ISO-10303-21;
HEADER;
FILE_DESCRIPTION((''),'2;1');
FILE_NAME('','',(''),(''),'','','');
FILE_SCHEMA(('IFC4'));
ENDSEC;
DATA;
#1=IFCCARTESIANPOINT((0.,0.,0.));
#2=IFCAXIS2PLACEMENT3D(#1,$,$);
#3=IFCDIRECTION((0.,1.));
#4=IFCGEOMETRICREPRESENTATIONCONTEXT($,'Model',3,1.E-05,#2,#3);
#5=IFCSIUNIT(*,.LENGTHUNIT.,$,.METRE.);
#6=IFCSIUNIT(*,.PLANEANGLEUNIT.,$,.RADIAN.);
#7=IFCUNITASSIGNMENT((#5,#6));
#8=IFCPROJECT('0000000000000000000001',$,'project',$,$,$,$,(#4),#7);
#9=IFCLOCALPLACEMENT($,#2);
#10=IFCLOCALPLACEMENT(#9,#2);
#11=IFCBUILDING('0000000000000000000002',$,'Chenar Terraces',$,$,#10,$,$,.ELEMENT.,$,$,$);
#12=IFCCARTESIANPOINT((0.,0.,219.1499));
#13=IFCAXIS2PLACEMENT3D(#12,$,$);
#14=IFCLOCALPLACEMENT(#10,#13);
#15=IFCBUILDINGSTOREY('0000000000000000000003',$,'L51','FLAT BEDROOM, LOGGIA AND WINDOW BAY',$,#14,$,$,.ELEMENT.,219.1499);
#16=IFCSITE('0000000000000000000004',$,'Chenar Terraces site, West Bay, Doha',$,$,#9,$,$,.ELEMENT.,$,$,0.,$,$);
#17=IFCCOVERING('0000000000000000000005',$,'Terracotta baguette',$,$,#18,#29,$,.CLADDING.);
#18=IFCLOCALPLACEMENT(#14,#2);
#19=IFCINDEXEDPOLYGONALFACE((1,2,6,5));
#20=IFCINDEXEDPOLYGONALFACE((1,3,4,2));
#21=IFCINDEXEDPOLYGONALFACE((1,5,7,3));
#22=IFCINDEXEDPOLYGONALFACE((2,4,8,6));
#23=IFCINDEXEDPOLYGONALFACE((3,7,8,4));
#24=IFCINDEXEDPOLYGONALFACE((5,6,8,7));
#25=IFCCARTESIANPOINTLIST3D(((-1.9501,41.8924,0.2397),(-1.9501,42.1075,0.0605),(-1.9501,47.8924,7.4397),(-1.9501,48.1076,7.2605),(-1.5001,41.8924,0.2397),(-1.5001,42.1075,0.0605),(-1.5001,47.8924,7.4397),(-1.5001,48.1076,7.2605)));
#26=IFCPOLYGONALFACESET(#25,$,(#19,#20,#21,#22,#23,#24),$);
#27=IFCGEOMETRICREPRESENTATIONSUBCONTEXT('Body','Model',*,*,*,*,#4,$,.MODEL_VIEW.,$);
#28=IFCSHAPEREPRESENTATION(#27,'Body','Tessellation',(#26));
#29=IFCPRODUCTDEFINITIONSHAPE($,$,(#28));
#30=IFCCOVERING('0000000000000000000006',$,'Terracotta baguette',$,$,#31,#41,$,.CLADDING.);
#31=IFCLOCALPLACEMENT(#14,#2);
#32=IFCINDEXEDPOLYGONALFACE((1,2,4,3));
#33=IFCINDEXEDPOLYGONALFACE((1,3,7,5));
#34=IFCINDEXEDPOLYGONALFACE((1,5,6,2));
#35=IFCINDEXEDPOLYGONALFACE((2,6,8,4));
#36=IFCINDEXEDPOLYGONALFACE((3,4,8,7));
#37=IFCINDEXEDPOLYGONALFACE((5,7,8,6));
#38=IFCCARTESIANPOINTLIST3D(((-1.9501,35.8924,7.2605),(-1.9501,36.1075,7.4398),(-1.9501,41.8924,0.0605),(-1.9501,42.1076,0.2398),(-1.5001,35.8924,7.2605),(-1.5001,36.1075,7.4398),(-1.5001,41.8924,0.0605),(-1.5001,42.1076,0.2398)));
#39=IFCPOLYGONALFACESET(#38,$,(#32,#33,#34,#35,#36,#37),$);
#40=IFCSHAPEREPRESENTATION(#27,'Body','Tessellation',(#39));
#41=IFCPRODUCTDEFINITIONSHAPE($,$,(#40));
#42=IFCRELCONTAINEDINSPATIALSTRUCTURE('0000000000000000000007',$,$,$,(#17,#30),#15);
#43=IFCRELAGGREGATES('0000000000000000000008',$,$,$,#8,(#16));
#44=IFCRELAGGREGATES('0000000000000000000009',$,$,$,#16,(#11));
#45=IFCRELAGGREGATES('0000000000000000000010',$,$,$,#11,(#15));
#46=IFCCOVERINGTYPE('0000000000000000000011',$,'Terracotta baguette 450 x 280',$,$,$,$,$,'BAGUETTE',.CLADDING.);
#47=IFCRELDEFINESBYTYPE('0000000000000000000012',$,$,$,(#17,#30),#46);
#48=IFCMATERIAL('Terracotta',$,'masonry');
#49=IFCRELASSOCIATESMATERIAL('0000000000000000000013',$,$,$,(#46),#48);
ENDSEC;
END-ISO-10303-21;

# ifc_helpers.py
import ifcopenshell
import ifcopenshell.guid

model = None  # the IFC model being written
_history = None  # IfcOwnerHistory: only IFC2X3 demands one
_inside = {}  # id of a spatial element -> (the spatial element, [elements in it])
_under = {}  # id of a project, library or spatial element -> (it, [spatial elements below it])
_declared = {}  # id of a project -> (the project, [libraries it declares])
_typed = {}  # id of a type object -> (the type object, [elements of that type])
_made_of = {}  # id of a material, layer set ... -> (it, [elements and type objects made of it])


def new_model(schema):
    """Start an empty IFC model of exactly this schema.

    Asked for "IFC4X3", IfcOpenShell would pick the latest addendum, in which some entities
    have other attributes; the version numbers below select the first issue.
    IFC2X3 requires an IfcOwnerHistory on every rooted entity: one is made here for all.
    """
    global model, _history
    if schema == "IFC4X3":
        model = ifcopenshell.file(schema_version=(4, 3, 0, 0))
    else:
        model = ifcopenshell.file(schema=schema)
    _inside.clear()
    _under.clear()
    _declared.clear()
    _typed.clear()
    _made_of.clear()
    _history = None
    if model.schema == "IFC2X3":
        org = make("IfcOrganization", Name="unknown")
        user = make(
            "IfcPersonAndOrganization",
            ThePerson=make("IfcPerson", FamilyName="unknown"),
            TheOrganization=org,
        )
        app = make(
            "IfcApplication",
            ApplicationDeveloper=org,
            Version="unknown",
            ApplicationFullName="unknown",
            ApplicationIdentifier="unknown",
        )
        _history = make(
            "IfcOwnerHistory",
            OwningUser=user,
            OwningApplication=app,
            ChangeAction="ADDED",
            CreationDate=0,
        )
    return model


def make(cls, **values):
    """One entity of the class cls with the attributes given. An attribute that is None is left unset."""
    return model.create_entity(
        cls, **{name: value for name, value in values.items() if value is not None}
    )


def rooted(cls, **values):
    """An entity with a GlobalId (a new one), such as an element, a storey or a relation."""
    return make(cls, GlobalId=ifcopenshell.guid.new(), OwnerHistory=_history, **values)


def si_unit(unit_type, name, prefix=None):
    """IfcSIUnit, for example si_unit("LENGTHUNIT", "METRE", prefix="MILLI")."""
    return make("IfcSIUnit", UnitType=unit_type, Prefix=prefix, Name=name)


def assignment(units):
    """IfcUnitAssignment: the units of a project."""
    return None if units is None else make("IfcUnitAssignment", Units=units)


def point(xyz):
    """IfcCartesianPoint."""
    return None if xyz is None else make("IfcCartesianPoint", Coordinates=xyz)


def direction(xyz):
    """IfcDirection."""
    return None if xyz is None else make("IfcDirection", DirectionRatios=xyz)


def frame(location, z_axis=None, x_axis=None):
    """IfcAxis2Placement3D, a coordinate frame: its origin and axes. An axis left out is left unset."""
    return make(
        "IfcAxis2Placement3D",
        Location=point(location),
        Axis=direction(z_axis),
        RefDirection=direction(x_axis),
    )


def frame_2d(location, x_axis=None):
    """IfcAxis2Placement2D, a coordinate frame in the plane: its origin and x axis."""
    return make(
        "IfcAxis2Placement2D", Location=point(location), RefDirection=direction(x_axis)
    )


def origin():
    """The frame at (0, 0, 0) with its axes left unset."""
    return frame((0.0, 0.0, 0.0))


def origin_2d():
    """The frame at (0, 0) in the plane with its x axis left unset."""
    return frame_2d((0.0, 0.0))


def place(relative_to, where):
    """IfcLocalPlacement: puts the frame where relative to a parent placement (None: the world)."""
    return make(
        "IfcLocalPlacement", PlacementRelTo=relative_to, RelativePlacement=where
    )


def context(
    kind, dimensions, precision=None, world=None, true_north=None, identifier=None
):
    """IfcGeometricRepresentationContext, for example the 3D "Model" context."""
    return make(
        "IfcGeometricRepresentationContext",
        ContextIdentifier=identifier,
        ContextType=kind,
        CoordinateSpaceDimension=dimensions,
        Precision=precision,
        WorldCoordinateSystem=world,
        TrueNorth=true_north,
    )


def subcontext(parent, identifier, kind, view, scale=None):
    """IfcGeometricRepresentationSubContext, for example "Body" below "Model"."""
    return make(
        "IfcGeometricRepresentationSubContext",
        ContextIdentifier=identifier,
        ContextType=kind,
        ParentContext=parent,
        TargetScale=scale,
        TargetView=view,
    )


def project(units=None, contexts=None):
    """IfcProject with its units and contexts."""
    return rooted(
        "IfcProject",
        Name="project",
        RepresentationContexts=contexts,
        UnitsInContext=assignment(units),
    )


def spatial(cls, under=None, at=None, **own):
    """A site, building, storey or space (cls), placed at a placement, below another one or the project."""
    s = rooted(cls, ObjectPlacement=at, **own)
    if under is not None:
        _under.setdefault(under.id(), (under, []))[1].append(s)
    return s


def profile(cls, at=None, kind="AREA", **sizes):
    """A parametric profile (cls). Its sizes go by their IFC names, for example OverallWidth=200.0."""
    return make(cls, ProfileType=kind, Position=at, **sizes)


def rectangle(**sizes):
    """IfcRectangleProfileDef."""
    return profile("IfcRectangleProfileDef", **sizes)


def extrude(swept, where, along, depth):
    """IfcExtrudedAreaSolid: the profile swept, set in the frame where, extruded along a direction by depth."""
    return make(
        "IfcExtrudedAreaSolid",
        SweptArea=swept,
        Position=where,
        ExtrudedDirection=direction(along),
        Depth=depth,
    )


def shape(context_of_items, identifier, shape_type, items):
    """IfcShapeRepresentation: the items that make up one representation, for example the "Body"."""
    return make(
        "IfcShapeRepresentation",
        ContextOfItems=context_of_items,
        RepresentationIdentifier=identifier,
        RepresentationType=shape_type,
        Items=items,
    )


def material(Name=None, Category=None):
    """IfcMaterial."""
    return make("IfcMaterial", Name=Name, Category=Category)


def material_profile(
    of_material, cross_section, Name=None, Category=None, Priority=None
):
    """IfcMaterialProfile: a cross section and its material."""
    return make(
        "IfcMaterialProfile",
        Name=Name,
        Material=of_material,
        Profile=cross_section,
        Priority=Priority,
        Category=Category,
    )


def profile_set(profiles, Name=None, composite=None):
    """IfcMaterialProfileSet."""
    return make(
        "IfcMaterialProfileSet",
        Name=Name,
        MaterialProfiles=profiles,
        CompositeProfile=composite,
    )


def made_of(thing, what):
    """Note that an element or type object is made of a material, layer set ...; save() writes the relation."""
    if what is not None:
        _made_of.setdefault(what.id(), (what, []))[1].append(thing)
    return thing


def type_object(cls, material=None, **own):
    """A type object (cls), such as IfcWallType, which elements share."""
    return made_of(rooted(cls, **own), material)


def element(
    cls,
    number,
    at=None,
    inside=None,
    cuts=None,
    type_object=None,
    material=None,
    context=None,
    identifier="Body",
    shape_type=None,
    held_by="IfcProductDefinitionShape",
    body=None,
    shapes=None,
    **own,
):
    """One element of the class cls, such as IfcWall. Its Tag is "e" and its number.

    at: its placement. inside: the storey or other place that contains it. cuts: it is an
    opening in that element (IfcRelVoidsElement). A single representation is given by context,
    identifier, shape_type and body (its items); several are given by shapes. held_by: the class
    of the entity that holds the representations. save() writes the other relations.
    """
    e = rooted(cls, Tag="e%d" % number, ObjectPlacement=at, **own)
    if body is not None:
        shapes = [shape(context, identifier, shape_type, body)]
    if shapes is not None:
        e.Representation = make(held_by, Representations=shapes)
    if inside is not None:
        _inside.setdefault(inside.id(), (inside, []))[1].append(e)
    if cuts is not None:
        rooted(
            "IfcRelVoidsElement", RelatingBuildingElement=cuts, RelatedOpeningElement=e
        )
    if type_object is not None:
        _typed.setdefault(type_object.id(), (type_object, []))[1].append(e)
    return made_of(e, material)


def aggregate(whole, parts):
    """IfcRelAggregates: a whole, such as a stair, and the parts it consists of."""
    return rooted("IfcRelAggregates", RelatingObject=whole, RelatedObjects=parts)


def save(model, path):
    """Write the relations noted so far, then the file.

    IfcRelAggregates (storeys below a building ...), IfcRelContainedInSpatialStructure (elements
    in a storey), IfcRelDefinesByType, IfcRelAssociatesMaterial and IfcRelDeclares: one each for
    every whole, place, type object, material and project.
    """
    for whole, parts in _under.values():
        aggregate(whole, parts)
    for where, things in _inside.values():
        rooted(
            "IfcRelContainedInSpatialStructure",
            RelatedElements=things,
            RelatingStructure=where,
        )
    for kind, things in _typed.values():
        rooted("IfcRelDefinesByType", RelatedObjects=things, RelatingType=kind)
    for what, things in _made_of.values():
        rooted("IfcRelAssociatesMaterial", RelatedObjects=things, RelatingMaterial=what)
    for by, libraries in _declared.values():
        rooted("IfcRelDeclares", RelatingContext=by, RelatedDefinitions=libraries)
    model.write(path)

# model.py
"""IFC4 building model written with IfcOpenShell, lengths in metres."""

from ifc_helpers import new_model, si_unit, direction, frame, origin, origin_2d, place, context, subcontext, project, spatial, rectangle, extrude, material, material_profile, profile_set, type_object, element, save


model = new_model("IFC4")

# Units and contexts
model_context = context("Model", 3, precision=1e-05, world=origin(), true_north=direction((0.0, 1.0)))
body_context = subcontext(model_context, "Body", "Model", "MODEL_VIEW")
ifc_project = project(units=[si_unit("LENGTHUNIT", "METRE"), si_unit("PLANEANGLEUNIT", "RADIAN")], contexts=[model_context])

# Site, building, storey
site_placement = place(None, origin())
site = spatial("IfcSite", under=ifc_project, at=site_placement, Name="Chenar Terraces site, West Bay, Doha", CompositionType="ELEMENT", RefElevation=0.0)
building_placement = place(site_placement, origin())
building = spatial("IfcBuilding", under=site, at=building_placement, Name="Chenar Terraces", CompositionType="ELEMENT")
storey_placement = place(building_placement, frame((0.0, 0.0, 219.1499)))
storey = spatial("IfcBuildingStorey", under=building, at=storey_placement, Name="L51", Description="FLAT BEDROOM, LOGGIA AND WINDOW BAY", CompositionType="ELEMENT", Elevation=219.1499)

# Coverings
ifc_material_1 = material(Name="Terracotta", Category="masonry")
ifc_material_profile_1 = material_profile(ifc_material_1, rectangle(XDim=0.45, YDim=0.28, at=origin_2d()), Name="Terracotta baguette 450 x 280")
ifc_profile_set_1 = profile_set([ifc_material_profile_1], Name="Terracotta")
covering_type = type_object("IfcCoveringType", Name="Terracotta baguette 450 x 280", ElementType="BAGUETTE", PredefinedType="CLADDING", material=ifc_profile_set_1)
for number, where, z_axis, x_axis, name in (
    (1, (-1.7251, 48.0, 7.3501), (0.0, -0.640187, -0.768219), (1.0, 0.0, 0.0), "Terracotta baguette"),
    (2, (-1.7251, 42.0, 0.1501), (0.0, -0.640187, 0.768219), (1.0, 0.0, 0.0), "Terracotta baguette"),
):
    element("IfcCovering", number, at=place(storey_placement, frame(where, z_axis=z_axis, x_axis=x_axis)), inside=storey, type_object=covering_type, Name=name, PredefinedType="CLADDING", context=body_context, shape_type="SweptSolid", body=[
        extrude(rectangle(XDim=0.45, YDim=0.28, at=origin_2d()), origin(), (0.0, 0.0, 1.0), 9.3723),
    ])

save(model, "model.ifc")
